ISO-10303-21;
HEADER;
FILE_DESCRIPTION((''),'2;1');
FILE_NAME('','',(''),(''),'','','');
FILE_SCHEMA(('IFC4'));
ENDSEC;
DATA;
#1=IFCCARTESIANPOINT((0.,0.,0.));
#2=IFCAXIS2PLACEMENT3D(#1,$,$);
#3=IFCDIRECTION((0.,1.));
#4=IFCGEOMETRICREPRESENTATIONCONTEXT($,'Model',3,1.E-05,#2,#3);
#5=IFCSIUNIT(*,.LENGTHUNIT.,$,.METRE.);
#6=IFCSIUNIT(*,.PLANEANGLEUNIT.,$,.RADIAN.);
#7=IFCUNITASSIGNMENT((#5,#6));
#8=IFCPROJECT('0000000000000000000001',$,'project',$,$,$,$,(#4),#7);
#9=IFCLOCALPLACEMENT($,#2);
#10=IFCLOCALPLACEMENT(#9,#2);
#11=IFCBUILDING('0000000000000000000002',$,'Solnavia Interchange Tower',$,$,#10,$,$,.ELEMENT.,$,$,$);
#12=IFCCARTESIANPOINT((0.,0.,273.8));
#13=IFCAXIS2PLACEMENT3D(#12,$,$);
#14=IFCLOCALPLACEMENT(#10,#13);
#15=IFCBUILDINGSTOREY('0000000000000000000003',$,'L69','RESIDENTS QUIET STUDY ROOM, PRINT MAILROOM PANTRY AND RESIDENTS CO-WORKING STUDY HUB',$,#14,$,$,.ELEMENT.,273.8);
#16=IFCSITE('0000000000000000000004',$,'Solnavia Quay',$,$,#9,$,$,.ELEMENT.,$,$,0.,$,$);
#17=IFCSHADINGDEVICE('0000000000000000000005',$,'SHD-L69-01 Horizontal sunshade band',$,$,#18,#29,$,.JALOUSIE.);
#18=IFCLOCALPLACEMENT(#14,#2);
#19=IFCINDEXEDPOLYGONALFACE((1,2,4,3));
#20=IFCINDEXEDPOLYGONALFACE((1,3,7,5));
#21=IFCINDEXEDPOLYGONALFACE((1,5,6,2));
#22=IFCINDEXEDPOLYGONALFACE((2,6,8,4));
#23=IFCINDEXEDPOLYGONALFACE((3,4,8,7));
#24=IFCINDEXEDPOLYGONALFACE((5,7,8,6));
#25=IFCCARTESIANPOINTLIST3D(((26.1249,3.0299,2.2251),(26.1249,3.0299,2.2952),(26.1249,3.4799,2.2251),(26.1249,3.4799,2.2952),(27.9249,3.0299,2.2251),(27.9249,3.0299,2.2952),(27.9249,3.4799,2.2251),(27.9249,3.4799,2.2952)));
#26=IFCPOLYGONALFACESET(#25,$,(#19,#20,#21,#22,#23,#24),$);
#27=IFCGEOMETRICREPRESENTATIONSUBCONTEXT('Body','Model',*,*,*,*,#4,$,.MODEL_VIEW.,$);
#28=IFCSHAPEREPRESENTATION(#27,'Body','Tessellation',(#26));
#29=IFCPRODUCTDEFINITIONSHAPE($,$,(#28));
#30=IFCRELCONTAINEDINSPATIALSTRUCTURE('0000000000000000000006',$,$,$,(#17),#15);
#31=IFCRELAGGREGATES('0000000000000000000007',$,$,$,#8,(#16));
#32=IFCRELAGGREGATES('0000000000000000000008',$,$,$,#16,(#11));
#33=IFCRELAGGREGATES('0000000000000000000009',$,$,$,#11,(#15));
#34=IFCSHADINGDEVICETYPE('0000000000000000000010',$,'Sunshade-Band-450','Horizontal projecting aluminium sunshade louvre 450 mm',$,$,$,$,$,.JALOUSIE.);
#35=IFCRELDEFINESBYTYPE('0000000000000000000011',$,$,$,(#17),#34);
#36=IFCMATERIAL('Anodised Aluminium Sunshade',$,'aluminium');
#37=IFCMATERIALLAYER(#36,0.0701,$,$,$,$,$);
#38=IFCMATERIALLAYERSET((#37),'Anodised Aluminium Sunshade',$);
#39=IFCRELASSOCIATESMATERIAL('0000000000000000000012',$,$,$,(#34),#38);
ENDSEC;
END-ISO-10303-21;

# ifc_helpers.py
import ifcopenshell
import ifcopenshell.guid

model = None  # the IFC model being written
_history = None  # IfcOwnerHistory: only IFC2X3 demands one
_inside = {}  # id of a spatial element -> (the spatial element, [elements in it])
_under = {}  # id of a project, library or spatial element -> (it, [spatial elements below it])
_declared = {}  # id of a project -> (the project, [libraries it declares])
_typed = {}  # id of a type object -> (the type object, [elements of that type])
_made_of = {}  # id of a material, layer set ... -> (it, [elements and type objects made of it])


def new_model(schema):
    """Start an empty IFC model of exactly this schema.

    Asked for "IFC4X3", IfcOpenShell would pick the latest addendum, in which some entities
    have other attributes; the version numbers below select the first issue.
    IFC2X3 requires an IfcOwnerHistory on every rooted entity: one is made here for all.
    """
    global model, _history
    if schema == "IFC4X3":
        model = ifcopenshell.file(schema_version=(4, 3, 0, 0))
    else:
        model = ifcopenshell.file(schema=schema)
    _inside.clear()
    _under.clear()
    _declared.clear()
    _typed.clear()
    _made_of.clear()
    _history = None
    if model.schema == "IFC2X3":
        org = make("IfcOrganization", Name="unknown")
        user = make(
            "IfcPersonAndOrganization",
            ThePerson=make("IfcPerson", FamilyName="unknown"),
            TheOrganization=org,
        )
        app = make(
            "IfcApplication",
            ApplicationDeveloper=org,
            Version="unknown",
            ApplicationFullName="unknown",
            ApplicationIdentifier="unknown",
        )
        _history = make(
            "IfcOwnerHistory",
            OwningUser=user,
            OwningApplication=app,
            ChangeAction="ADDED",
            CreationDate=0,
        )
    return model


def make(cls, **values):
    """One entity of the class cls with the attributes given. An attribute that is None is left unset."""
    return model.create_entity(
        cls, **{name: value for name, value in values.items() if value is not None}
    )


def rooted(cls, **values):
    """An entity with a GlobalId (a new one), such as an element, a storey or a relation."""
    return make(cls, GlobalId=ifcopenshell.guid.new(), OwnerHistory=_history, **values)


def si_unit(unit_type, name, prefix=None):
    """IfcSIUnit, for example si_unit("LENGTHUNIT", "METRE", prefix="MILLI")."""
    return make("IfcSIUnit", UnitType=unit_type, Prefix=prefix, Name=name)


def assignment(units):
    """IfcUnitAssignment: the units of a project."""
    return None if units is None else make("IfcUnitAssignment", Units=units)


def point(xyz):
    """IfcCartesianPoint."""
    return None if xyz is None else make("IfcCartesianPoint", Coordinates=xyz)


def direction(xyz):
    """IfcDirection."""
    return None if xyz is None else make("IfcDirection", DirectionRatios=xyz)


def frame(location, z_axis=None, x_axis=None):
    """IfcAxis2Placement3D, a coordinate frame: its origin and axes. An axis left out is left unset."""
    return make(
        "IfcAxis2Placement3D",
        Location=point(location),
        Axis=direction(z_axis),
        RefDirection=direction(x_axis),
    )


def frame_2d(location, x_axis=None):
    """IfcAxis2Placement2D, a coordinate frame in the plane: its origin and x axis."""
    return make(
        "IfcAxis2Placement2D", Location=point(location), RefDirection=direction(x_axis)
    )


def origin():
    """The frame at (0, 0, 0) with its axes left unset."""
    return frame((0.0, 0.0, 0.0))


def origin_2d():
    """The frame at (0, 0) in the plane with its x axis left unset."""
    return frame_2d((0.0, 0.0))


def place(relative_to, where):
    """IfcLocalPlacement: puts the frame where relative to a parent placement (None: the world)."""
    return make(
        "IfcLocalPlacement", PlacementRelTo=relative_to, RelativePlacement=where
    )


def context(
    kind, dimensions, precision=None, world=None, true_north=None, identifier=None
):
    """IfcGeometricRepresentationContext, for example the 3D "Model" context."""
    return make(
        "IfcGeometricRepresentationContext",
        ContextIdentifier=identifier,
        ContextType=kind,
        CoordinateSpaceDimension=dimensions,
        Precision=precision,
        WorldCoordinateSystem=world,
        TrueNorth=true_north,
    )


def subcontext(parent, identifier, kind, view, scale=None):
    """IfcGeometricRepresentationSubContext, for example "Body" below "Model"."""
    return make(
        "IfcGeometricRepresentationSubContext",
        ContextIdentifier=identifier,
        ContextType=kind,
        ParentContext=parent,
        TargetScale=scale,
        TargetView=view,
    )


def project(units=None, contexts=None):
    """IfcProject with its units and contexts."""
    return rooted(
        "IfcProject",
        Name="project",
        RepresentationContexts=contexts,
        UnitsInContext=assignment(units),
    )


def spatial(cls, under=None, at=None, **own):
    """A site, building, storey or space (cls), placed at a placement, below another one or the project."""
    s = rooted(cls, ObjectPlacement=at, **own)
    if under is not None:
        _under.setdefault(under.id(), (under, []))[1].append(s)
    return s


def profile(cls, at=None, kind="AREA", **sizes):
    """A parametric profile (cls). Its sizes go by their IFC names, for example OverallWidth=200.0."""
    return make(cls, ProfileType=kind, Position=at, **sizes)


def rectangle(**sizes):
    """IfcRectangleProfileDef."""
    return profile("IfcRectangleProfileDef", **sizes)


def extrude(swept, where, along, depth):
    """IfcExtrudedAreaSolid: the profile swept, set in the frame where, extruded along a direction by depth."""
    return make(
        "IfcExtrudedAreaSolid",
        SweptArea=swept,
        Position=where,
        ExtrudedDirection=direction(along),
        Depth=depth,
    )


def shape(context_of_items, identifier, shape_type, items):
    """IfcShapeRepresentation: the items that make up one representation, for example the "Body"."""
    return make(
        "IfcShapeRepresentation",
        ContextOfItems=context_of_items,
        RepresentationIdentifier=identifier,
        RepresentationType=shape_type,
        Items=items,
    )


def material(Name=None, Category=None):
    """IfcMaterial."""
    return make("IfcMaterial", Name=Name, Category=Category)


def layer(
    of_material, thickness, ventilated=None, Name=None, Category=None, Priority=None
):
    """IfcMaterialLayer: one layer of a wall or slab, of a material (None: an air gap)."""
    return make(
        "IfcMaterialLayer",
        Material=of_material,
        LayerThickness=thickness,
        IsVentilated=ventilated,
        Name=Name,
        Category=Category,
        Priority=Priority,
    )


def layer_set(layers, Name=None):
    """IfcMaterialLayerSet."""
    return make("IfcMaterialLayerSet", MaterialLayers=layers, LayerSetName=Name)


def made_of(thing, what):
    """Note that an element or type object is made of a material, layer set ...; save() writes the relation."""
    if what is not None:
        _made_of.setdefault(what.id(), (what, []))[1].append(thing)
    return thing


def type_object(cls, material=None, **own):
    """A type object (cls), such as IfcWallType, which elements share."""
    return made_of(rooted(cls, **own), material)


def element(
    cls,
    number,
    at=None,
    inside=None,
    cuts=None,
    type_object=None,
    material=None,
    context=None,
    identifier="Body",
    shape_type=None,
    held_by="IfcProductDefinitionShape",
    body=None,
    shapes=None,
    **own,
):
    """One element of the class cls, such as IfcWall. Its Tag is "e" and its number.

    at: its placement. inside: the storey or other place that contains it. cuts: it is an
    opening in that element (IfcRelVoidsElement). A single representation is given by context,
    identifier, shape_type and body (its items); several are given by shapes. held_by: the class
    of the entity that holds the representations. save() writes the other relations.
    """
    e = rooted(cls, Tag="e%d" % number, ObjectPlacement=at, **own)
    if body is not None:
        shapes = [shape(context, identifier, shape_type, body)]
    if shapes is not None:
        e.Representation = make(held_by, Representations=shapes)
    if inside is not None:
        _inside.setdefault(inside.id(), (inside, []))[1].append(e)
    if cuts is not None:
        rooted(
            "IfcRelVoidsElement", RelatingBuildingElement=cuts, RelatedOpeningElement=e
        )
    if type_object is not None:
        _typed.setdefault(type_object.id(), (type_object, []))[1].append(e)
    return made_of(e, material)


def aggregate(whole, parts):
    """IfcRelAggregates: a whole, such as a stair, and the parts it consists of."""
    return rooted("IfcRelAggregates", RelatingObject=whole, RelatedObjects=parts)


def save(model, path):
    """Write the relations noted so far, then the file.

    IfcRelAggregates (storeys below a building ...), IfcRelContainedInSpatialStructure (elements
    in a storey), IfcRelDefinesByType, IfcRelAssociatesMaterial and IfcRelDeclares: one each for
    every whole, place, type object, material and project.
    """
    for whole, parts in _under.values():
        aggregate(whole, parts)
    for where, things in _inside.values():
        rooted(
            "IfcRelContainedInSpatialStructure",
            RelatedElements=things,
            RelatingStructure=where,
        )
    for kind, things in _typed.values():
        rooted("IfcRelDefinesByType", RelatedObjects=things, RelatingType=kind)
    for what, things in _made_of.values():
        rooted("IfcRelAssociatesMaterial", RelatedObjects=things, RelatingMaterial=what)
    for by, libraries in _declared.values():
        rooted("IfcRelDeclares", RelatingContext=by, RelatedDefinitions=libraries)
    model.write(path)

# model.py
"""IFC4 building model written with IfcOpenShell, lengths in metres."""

from ifc_helpers import new_model, si_unit, direction, frame, origin, origin_2d, place, context, subcontext, project, spatial, rectangle, extrude, material, layer, layer_set, type_object, element, save


model = new_model("IFC4")

# Units and contexts
model_context = context("Model", 3, precision=1e-05, world=origin(), true_north=direction((0.0, 1.0)))
body_context = subcontext(model_context, "Body", "Model", "MODEL_VIEW")
ifc_project = project(units=[si_unit("LENGTHUNIT", "METRE"), si_unit("PLANEANGLEUNIT", "RADIAN")], contexts=[model_context])

# Site, building, storey
site_placement = place(None, origin())
site = spatial("IfcSite", under=ifc_project, at=site_placement, Name="Solnavia Quay", CompositionType="ELEMENT", RefElevation=0.0)
building_placement = place(site_placement, origin())
building = spatial("IfcBuilding", under=site, at=building_placement, Name="Solnavia Interchange Tower", CompositionType="ELEMENT")
storey_placement = place(building_placement, frame((0.0, 0.0, 273.8)))
storey = spatial("IfcBuildingStorey", under=building, at=storey_placement, Name="L69", Description="RESIDENTS QUIET STUDY ROOM, PRINT MAILROOM PANTRY AND RESIDENTS CO-WORKING STUDY HUB", CompositionType="ELEMENT", Elevation=273.8)

# Shading device
ifc_material_1 = material(Name="Anodised Aluminium Sunshade", Category="aluminium")
ifc_layer_1 = layer(ifc_material_1, 0.0701)
ifc_layer_set_1 = layer_set([ifc_layer_1], Name="Anodised Aluminium Sunshade")
shading_device_type = type_object("IfcShadingDeviceType", Name="Sunshade-Band-450", Description="Horizontal projecting aluminium sunshade louvre 450 mm", PredefinedType="JALOUSIE", material=ifc_layer_set_1)
shading_device_placement = place(storey_placement, frame((27.0249, 3.2549, 2.2251), z_axis=(0.0, 0.0, 1.0), x_axis=(-1.0, 0.0, 0.0)))
element("IfcShadingDevice", 1, at=shading_device_placement, inside=storey, type_object=shading_device_type, Name="SHD-L69-01 Horizontal sunshade band", PredefinedType="JALOUSIE", context=body_context, shape_type="SweptSolid", body=[
    extrude(rectangle(XDim=1.8, YDim=0.45, at=origin_2d()), origin(), (0.0, 0.0, 1.0), 0.0701),
])

save(model, "model.ifc")
